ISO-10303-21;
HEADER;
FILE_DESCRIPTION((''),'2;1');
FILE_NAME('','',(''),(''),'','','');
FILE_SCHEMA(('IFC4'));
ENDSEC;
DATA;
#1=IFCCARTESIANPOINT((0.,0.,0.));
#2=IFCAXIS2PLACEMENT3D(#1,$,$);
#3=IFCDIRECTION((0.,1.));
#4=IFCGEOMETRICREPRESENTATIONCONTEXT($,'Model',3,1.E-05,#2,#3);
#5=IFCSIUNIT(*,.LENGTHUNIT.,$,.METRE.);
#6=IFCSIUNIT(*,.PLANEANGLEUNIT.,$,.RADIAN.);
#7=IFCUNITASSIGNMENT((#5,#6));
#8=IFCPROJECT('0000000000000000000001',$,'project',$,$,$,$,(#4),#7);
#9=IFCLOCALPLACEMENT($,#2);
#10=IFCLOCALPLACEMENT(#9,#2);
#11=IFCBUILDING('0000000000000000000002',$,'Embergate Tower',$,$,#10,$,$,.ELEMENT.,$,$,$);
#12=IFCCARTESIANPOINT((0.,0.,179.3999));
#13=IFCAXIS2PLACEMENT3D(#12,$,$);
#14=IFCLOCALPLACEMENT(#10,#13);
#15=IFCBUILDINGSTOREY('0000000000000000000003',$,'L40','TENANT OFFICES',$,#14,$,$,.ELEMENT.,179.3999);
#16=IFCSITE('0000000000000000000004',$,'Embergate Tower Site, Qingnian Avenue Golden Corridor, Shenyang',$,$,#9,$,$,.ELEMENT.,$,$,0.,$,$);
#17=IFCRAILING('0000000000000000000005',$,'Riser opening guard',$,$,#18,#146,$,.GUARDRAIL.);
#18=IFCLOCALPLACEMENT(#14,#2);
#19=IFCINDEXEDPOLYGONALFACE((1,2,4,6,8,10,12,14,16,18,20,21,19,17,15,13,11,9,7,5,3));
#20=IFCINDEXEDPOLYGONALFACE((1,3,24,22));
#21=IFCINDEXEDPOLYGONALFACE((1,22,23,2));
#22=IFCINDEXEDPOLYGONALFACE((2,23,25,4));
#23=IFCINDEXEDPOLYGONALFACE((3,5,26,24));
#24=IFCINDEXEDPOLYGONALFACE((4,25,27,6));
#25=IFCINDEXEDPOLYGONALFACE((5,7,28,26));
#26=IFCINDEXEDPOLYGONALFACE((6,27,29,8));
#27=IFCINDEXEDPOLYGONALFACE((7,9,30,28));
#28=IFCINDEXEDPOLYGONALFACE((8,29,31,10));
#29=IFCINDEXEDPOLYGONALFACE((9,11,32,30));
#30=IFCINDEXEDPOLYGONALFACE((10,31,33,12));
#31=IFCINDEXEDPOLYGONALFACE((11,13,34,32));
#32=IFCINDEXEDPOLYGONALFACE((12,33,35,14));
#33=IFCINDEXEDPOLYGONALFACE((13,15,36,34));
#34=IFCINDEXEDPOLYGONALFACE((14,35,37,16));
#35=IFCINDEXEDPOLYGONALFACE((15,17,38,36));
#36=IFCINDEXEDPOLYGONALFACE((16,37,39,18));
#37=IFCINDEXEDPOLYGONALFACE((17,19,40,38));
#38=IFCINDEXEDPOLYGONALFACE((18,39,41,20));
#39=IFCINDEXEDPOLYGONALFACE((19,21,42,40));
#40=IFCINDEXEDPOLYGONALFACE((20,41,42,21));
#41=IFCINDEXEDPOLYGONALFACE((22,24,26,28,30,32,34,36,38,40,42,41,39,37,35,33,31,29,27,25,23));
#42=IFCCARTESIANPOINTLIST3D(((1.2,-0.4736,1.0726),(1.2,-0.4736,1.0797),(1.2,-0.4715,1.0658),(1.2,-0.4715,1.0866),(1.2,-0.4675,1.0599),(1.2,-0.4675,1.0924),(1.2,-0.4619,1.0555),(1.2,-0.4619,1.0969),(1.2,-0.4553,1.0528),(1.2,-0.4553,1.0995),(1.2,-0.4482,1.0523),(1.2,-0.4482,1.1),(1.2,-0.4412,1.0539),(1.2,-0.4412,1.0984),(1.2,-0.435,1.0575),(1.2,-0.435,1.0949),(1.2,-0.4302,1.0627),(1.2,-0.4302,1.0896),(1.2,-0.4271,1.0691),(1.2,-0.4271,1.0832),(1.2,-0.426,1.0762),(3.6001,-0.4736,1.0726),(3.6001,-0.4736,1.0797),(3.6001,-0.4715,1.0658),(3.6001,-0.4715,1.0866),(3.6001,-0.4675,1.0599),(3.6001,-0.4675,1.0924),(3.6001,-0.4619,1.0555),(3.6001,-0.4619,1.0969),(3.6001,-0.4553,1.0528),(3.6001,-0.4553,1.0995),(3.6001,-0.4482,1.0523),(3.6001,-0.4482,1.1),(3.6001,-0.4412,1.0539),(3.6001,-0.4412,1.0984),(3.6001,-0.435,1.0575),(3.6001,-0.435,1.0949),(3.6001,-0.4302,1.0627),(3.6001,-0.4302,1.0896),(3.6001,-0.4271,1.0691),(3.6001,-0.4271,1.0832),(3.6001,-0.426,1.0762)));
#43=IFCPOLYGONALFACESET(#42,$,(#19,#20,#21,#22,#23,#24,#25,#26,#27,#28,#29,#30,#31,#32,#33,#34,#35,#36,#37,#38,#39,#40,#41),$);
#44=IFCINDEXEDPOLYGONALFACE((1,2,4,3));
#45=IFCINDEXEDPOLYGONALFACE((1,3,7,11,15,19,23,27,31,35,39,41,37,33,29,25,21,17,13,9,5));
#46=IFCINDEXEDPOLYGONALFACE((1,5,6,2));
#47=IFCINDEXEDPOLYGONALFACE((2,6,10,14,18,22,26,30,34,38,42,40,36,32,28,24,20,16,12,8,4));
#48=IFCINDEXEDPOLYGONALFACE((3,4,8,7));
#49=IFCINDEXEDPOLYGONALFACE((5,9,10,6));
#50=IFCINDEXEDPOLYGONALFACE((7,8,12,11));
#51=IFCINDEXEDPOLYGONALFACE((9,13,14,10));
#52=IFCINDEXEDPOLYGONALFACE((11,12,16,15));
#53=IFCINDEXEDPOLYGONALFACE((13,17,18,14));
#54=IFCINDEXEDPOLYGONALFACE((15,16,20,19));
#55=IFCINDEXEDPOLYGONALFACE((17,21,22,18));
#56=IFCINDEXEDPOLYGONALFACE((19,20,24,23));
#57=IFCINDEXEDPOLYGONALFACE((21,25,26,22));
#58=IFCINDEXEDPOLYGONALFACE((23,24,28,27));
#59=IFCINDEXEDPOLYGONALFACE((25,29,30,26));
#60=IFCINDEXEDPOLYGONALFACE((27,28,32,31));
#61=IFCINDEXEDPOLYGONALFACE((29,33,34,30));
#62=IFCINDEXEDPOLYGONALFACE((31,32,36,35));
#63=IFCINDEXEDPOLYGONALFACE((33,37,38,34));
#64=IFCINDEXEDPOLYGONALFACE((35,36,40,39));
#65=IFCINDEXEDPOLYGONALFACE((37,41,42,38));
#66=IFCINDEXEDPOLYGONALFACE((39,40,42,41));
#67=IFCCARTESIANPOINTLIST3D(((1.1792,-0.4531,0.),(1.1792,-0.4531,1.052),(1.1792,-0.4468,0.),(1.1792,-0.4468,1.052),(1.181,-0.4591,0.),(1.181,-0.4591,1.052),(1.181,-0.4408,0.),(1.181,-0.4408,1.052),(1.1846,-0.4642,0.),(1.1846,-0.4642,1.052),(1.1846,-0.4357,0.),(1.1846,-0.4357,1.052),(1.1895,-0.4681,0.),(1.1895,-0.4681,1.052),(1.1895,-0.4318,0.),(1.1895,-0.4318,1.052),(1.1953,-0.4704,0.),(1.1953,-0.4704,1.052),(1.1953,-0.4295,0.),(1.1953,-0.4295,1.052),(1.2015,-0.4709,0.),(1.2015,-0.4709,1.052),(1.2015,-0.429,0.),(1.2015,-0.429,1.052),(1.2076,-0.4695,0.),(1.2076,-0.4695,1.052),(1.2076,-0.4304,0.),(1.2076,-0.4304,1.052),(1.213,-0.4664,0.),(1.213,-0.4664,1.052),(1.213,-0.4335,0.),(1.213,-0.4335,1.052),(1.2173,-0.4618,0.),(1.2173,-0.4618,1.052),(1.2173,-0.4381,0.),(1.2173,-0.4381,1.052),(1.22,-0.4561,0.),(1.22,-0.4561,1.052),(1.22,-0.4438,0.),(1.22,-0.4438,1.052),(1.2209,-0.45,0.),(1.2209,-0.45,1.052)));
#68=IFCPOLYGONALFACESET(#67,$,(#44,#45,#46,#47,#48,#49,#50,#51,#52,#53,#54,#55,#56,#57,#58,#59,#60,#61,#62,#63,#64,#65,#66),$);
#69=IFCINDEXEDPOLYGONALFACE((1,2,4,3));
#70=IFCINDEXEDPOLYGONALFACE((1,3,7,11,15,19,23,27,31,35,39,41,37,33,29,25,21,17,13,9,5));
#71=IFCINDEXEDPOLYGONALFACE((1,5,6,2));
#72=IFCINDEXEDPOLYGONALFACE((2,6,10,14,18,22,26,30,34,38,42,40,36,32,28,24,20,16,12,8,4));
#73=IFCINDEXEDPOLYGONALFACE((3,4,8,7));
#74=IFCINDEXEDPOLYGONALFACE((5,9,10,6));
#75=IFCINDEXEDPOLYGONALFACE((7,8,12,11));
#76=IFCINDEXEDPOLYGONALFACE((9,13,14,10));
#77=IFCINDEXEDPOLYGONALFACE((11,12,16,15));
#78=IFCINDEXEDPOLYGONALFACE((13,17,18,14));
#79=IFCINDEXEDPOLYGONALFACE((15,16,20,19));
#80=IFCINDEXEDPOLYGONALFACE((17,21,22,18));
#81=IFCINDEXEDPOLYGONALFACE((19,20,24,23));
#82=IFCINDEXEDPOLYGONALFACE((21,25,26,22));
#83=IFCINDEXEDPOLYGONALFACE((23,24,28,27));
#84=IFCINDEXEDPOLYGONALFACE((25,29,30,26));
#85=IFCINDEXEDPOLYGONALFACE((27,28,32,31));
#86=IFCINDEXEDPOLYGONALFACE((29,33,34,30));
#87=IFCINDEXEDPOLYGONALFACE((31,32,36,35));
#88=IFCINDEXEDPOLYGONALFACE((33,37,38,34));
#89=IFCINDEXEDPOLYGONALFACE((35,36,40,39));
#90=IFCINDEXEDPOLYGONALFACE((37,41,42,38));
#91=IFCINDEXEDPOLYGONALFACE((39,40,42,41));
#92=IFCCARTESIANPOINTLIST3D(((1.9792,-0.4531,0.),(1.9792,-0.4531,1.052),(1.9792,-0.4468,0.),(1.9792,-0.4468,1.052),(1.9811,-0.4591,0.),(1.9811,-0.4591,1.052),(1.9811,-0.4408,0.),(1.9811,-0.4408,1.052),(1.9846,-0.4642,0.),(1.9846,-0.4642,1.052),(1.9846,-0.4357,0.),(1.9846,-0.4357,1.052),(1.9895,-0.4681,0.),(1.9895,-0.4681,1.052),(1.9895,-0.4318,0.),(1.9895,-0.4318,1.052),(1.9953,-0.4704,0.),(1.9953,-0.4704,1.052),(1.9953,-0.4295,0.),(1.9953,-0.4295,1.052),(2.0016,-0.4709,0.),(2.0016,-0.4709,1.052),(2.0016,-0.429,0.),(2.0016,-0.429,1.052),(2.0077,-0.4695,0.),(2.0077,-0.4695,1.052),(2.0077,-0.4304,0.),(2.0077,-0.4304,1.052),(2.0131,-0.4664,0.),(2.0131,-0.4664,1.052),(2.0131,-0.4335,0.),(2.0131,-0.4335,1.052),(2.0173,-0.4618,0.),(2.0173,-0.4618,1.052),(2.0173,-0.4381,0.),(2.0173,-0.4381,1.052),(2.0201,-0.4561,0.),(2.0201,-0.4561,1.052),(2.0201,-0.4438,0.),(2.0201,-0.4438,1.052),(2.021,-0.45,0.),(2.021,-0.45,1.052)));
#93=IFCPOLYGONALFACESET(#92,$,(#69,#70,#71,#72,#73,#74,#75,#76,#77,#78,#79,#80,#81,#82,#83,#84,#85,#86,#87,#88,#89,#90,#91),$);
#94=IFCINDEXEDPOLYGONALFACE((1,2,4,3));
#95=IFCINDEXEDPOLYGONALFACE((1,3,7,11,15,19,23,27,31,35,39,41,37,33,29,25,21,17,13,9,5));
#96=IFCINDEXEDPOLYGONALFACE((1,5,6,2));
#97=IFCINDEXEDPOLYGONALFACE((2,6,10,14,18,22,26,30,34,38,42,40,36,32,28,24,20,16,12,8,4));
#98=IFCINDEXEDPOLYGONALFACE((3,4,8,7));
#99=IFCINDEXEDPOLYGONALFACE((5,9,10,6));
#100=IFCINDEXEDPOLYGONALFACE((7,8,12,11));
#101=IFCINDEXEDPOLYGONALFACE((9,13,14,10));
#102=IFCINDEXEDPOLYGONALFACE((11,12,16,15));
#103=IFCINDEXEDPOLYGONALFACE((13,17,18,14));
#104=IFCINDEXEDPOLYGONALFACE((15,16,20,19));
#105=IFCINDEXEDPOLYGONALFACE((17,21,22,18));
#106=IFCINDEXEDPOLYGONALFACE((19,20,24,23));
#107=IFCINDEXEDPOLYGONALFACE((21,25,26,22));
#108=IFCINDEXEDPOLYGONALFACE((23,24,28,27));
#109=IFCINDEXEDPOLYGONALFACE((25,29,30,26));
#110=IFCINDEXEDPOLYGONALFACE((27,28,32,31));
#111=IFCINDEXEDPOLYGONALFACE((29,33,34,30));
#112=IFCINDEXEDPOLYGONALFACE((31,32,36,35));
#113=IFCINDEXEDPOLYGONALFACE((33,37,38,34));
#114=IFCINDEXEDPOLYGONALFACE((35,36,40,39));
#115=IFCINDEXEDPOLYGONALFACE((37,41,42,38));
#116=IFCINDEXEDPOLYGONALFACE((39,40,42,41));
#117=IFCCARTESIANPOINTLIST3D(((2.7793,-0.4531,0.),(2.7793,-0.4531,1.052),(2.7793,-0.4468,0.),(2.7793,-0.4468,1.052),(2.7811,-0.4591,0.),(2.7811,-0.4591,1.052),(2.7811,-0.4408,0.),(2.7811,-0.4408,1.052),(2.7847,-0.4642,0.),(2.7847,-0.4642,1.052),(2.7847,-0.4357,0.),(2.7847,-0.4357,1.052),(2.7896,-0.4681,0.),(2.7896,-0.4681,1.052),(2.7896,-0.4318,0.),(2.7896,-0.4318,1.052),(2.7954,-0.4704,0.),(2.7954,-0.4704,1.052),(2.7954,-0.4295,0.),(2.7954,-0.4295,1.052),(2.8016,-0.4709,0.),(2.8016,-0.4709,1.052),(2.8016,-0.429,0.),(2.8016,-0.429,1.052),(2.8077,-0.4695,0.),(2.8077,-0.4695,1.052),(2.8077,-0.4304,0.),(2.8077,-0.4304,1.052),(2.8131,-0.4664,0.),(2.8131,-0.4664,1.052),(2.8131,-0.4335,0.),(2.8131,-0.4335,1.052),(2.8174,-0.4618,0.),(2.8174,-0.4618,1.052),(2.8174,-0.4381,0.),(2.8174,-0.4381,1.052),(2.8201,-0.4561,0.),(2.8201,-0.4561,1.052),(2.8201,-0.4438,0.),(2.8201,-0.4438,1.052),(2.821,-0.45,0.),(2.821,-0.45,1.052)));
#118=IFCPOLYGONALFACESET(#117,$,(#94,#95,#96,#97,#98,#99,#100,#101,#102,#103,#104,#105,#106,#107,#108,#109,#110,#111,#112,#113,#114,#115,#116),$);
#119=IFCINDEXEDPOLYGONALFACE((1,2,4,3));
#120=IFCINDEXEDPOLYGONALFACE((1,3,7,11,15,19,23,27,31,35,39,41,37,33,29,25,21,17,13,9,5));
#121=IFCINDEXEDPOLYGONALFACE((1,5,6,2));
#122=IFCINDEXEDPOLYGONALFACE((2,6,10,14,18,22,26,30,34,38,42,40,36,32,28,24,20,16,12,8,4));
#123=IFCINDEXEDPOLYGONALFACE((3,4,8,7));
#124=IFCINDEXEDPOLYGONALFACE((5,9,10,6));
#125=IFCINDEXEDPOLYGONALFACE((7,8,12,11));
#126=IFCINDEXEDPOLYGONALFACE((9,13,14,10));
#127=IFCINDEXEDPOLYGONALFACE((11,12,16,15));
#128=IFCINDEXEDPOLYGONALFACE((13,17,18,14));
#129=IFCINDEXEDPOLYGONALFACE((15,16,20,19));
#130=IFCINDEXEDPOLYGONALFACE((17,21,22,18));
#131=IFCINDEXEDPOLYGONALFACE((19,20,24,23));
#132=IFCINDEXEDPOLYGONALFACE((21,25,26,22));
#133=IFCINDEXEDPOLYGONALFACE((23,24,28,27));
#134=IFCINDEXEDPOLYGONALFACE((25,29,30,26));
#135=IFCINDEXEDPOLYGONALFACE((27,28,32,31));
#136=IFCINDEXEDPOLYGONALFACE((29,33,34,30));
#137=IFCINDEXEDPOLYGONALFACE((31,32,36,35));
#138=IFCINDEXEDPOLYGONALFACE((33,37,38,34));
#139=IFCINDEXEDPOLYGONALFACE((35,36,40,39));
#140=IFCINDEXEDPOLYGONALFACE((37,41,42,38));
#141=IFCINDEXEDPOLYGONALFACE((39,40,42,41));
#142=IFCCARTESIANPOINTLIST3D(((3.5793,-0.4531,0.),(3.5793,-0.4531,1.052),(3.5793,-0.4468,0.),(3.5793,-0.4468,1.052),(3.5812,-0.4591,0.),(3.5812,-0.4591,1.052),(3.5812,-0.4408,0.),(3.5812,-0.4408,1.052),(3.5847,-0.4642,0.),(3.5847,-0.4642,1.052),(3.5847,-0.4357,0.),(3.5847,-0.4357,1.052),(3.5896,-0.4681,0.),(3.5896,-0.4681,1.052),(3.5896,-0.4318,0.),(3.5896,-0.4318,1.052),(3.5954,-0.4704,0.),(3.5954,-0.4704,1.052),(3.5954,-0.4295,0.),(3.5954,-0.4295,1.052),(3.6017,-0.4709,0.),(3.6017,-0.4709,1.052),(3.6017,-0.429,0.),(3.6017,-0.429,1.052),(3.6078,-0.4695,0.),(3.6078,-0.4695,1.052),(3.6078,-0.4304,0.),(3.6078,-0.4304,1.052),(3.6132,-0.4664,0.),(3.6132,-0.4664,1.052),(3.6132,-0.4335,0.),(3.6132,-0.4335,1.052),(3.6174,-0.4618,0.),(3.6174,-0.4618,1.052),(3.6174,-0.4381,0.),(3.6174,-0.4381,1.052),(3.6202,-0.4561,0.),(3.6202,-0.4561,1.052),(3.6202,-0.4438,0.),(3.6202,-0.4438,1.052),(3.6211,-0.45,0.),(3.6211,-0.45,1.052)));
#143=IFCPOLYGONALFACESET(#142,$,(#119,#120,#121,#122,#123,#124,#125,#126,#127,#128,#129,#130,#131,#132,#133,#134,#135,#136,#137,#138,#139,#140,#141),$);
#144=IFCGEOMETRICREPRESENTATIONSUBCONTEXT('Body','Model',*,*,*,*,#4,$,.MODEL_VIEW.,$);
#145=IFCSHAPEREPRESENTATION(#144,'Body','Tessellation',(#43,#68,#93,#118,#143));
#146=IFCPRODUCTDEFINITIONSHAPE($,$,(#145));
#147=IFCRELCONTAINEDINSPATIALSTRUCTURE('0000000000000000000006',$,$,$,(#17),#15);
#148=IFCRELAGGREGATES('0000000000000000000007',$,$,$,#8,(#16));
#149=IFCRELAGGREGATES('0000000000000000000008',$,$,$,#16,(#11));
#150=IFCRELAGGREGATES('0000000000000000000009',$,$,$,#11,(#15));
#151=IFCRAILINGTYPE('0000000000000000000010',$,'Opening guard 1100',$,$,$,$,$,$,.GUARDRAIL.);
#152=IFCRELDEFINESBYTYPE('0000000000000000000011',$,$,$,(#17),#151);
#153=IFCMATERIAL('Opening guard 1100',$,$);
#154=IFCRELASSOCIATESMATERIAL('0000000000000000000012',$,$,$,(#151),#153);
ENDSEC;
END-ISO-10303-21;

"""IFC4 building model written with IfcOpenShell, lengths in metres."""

from ifc_helpers import new_model, si_unit, direction, frame, origin, origin_2d, place, context, subcontext, project, spatial, circle, extrude, source, transform, mapped, material, type_object, element, save


model = new_model("IFC4")

# Units and contexts
model_context = context("Model", 3, precision=1e-05, world=origin(), true_north=direction((0.0, 1.0)))
body_context = subcontext(model_context, "Body", "Model", "MODEL_VIEW")
ifc_project = project(units=[si_unit("LENGTHUNIT", "METRE"), si_unit("PLANEANGLEUNIT", "RADIAN")], contexts=[model_context])

# Site, building, storey
site_placement = place(None, origin())
site = spatial("IfcSite", under=ifc_project, at=site_placement, Name="Embergate Tower Site, Qingnian Avenue Golden Corridor, Shenyang", CompositionType="ELEMENT", RefElevation=0.0)
building_placement = place(site_placement, origin())
building = spatial("IfcBuilding", under=site, at=building_placement, Name="Embergate Tower", CompositionType="ELEMENT")
storey_placement = place(building_placement, frame((0.0, 0.0, 179.3999)))
storey = spatial("IfcBuildingStorey", under=building, at=storey_placement, Name="L40", Description="TENANT OFFICES", CompositionType="ELEMENT", Elevation=179.3999)

# Railing
ifc_material_1 = material(Name="Opening guard 1100")
railing_type_1 = type_object("IfcRailingType", Name="Opening guard 1100", PredefinedType="GUARDRAIL", material=ifc_material_1)
shared_shape_1 = source(origin(), body_context, "Body", "SweptSolid", [
    extrude(circle(Radius=0.0239, at=origin_2d()), frame((0.0, 0.0, 1.0762), z_axis=(1.0, 0.0, 0.0), x_axis=(0.0, 1.0, 0.0)), (0.0, 0.0, 1.0), 2.4001),
    extrude(circle(Radius=0.021, at=origin_2d()), origin(), (0.0, 0.0, 1.0), 1.052),
    extrude(circle(Radius=0.021, at=origin_2d()), frame((0.8, 0.0, 0.0)), (0.0, 0.0, 1.0), 1.052),
    extrude(circle(Radius=0.021, at=origin_2d()), frame((1.6001, 0.0, 0.0)), (0.0, 0.0, 1.0), 1.052),
    extrude(circle(Radius=0.021, at=origin_2d()), frame((2.4001, 0.0, 0.0)), (0.0, 0.0, 1.0), 1.052),
])
railing_1_placement = place(storey_placement, frame((1.2, -0.45, 0.0)))
element("IfcRailing", 1, at=railing_1_placement, inside=storey, type_object=railing_type_1, Name="Riser opening guard", PredefinedType="GUARDRAIL", context=body_context, shape_type="MappedRepresentation", body=[
    mapped(shared_shape_1, transform((0.0, 0.0, 0.0))),
])

save(model, "model.ifc")
